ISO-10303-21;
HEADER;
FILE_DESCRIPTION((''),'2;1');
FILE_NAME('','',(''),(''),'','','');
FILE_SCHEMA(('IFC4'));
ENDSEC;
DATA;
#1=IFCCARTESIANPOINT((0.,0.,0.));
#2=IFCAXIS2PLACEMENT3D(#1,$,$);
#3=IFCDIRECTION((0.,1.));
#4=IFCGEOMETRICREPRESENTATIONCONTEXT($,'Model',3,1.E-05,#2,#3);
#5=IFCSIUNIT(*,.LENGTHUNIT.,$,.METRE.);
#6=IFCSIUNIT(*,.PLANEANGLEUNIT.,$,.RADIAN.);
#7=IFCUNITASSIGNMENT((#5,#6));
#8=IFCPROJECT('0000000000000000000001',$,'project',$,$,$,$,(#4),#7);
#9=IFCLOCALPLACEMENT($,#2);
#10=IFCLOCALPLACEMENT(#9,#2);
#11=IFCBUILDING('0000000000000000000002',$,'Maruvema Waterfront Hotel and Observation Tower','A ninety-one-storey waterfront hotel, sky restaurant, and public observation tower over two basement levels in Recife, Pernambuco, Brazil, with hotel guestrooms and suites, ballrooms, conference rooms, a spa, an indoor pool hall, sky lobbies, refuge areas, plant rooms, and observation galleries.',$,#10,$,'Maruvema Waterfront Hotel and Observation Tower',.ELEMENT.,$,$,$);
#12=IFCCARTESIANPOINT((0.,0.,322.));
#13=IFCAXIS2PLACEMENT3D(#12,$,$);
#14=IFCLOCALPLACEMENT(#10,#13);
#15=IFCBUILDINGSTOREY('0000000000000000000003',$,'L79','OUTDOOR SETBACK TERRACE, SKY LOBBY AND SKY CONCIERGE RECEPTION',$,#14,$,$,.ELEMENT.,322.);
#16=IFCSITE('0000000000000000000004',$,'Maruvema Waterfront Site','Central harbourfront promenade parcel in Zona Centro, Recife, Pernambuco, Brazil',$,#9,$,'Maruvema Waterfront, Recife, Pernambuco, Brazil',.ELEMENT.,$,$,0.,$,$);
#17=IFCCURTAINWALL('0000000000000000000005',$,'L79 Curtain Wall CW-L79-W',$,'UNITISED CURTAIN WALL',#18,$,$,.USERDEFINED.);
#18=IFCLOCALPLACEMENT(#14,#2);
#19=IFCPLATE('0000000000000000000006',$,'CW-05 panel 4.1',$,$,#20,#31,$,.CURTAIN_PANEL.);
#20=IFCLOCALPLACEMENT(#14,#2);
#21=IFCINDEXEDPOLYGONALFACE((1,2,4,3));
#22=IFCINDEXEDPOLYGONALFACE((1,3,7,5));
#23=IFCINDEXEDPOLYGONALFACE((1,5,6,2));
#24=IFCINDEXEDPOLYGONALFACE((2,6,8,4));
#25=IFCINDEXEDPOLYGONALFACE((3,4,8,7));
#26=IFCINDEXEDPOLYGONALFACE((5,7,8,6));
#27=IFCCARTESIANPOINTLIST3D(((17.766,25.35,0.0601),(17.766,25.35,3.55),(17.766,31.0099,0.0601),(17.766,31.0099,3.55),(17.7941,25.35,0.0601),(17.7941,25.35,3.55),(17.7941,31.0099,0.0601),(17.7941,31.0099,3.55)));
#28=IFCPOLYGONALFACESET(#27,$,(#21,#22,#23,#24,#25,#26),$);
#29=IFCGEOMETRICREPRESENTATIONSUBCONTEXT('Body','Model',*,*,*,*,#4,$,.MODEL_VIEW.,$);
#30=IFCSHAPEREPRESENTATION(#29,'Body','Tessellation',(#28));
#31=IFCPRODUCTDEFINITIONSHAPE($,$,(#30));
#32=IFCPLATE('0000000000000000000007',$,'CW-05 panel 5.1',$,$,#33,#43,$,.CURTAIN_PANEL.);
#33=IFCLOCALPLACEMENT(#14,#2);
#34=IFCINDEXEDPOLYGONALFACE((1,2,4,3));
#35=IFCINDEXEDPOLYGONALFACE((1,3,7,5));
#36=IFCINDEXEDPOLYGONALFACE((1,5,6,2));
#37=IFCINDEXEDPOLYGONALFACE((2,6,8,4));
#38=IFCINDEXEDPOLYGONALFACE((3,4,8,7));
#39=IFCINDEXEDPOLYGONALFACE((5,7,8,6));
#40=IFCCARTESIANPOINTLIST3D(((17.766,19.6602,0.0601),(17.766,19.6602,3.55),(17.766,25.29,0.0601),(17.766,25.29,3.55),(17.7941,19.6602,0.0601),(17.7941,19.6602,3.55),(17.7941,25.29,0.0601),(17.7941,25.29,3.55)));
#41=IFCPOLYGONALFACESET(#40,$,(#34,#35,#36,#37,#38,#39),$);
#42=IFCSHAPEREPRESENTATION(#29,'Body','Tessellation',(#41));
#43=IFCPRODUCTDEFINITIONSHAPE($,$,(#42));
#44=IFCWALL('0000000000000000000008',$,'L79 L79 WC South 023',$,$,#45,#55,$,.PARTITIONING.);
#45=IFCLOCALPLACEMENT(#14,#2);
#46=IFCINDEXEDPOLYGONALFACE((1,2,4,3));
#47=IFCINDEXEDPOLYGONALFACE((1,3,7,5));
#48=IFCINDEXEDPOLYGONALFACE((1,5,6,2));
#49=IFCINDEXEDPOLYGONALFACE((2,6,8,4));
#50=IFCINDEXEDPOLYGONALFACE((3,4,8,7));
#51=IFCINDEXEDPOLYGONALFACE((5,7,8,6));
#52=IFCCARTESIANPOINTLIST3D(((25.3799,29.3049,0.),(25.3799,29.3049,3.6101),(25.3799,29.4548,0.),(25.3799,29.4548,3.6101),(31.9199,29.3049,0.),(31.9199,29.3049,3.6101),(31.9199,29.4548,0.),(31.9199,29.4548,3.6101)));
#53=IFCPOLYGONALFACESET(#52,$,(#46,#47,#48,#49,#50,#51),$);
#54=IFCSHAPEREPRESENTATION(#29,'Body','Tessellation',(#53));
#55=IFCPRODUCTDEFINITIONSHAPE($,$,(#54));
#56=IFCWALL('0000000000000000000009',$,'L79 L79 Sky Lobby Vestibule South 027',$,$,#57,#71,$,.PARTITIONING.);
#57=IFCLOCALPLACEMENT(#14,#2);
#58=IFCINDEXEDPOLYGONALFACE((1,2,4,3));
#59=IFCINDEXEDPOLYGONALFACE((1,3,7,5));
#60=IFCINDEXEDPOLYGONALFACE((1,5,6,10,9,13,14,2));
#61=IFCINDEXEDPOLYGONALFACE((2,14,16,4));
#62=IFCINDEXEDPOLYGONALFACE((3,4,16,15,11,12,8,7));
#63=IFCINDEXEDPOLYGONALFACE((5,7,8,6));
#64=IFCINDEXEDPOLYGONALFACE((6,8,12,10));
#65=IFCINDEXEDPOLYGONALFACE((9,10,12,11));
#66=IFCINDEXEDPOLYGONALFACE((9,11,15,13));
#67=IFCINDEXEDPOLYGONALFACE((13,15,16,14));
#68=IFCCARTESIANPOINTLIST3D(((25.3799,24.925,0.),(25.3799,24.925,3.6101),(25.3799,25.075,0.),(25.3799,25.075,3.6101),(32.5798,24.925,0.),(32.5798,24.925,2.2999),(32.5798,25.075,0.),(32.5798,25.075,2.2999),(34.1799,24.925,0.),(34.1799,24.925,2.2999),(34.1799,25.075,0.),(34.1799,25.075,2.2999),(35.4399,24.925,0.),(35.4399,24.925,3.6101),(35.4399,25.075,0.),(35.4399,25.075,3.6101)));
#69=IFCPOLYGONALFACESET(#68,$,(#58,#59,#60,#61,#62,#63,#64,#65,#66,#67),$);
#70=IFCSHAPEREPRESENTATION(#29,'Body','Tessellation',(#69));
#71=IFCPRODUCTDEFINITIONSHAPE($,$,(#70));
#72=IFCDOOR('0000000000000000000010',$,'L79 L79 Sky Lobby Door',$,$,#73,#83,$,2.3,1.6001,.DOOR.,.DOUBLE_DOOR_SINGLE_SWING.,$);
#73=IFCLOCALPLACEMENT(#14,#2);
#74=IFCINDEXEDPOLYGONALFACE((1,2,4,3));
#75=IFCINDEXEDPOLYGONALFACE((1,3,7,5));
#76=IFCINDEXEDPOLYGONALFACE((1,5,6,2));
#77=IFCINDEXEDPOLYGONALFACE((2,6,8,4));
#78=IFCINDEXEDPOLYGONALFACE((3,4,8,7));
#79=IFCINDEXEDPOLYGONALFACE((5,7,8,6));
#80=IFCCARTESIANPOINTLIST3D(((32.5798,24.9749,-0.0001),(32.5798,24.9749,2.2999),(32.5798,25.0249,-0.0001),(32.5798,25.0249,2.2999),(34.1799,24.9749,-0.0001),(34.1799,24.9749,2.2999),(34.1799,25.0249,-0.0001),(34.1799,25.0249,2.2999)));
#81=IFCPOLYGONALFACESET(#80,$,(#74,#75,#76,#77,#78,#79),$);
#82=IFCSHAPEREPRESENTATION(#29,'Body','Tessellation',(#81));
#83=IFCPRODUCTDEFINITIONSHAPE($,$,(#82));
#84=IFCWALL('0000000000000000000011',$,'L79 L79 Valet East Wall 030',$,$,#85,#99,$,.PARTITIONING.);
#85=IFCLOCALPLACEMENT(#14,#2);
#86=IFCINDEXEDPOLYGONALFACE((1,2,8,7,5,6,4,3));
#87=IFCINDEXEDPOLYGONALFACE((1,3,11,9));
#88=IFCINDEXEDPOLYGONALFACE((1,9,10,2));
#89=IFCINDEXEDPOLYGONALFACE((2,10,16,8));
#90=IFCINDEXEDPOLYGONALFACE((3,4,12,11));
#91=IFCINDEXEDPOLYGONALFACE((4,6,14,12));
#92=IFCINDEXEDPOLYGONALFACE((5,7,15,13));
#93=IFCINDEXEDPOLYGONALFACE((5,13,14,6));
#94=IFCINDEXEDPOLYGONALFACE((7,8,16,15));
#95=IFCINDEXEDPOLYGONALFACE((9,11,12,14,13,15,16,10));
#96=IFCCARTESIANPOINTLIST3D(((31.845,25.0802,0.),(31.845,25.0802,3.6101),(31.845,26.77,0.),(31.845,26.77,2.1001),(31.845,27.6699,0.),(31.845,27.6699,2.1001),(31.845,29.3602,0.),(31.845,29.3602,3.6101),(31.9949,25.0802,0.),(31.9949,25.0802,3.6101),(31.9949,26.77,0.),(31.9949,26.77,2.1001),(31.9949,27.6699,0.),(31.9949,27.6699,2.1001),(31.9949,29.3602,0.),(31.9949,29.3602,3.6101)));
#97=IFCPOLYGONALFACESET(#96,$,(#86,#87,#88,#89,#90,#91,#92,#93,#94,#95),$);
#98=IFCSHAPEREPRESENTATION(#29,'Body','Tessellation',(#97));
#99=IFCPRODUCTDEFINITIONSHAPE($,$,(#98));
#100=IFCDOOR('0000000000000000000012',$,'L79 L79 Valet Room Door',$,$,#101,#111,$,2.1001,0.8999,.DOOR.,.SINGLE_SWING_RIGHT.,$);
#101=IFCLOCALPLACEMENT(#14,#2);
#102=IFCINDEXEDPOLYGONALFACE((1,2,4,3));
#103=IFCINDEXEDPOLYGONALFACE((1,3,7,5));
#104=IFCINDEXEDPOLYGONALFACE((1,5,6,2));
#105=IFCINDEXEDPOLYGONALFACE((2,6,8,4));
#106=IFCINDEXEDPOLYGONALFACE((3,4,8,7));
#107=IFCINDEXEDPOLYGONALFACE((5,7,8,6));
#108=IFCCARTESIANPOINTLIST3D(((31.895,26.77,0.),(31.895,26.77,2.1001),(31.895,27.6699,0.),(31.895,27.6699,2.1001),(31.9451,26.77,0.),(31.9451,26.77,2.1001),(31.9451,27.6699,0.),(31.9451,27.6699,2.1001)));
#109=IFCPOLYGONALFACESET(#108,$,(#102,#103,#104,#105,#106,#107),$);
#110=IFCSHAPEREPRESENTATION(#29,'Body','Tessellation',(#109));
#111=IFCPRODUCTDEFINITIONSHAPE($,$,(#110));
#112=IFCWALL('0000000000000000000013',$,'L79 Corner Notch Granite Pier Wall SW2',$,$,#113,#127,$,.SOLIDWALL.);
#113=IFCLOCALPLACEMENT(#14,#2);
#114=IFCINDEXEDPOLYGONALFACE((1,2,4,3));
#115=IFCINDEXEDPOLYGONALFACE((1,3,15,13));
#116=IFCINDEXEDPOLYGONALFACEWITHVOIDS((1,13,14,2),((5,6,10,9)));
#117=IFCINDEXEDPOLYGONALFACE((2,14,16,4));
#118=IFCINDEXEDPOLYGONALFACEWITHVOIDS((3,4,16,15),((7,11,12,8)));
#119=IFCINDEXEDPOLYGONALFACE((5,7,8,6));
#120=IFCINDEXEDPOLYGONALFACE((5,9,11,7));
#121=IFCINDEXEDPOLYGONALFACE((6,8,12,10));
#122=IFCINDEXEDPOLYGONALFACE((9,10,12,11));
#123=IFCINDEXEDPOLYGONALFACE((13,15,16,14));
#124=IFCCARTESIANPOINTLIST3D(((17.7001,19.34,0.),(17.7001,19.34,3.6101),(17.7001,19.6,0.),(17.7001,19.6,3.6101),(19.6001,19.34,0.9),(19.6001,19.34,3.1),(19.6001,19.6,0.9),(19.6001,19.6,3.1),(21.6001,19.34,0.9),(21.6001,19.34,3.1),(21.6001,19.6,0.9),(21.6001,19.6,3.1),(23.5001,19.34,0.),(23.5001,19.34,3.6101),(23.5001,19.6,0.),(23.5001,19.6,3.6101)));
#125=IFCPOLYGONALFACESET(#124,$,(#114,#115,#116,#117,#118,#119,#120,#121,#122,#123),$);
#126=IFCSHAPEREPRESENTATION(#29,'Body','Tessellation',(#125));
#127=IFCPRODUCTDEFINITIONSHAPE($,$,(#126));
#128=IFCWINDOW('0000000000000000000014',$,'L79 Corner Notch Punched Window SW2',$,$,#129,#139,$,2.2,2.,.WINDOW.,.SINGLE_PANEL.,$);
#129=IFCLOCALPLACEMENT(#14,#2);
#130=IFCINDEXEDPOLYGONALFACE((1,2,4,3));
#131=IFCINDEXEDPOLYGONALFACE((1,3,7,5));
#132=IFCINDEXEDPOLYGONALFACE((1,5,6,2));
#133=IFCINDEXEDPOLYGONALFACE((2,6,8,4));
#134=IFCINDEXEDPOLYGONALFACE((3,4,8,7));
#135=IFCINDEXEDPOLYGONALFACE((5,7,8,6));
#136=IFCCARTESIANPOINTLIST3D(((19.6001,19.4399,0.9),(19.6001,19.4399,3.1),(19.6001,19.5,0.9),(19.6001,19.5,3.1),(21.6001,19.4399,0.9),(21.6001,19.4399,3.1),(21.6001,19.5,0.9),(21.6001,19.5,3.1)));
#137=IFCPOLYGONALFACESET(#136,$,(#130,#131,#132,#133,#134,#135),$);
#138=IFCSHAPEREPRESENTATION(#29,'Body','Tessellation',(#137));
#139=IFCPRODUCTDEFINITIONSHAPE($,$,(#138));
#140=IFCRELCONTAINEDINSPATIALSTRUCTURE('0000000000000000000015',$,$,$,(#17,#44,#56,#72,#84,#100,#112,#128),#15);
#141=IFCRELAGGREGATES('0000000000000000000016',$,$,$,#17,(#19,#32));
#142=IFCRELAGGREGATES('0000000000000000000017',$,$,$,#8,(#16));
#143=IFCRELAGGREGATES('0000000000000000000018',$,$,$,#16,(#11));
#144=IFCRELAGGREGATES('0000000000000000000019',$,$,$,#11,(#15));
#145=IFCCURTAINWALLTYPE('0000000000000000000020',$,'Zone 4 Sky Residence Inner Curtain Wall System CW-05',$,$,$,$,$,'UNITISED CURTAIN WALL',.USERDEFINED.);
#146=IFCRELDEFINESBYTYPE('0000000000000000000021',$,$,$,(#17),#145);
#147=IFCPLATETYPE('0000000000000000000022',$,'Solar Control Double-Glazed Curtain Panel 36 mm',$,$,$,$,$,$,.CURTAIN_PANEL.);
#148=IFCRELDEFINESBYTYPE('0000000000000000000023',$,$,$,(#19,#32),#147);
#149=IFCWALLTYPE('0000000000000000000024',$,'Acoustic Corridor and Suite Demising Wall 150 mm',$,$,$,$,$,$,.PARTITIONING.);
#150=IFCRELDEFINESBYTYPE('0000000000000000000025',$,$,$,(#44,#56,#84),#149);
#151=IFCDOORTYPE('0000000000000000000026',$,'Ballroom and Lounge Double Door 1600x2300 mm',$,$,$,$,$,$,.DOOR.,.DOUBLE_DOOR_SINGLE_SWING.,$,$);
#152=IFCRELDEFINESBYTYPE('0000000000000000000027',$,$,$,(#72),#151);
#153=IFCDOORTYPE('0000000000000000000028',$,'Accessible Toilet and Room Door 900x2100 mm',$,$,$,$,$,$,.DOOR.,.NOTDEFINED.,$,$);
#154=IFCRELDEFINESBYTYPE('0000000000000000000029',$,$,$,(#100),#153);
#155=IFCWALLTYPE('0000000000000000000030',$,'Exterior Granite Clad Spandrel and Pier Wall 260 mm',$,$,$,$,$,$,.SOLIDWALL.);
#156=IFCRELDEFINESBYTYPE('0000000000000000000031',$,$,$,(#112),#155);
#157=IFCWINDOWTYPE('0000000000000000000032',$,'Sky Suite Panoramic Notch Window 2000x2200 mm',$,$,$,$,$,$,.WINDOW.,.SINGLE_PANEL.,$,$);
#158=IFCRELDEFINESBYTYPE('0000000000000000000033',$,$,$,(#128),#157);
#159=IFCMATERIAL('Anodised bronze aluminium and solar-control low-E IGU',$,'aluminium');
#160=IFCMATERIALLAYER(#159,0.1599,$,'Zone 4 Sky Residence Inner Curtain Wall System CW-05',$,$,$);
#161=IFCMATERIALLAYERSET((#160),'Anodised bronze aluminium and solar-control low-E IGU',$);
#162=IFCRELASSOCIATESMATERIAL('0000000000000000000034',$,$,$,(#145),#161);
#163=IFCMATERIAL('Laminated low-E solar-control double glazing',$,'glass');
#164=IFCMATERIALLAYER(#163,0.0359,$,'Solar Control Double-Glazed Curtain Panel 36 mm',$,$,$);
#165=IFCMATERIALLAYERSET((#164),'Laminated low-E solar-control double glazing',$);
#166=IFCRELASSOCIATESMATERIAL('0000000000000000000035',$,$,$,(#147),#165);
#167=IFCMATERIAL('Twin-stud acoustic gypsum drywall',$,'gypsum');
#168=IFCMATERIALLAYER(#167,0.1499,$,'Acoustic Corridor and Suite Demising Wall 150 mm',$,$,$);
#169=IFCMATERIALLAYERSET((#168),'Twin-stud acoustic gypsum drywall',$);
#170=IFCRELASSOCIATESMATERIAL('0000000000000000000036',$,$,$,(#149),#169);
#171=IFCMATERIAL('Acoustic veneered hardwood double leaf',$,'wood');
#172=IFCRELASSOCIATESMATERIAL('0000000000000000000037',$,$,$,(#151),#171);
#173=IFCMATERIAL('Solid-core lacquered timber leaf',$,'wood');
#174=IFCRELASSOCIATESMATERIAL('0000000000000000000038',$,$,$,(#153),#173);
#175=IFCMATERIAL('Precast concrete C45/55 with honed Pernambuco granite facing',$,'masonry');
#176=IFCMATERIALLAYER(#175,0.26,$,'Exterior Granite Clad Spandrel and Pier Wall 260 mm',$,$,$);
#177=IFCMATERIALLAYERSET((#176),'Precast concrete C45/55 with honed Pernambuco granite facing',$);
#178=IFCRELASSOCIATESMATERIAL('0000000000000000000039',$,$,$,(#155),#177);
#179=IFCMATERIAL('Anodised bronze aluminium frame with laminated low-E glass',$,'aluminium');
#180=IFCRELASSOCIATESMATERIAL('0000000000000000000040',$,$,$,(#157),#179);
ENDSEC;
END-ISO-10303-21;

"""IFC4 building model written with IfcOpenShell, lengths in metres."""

from ifc_helpers import new_model, si_unit, direction, frame, frame_2d, origin, origin_2d, place, context, subcontext, project, spatial, rectangle, extrude, material, layer, layer_set, type_object, element, fill, aggregate, save


model = new_model("IFC4")

# Units and contexts
model_context = context("Model", 3, precision=1e-05, world=origin(), true_north=direction((0.0, 1.0)))
body_context = subcontext(model_context, "Body", "Model", "MODEL_VIEW")
ifc_project = project(units=[si_unit("LENGTHUNIT", "METRE"), si_unit("PLANEANGLEUNIT", "RADIAN")], contexts=[model_context])

# Site, building, storey
site_placement = place(None, origin())
site = spatial("IfcSite", under=ifc_project, at=site_placement, Name="Maruvema Waterfront Site", Description="Central harbourfront promenade parcel in Zona Centro, Recife, Pernambuco, Brazil", LongName="Maruvema Waterfront, Recife, Pernambuco, Brazil", CompositionType="ELEMENT", RefElevation=0.0)
building_placement = place(site_placement, origin())
building = spatial("IfcBuilding", under=site, at=building_placement, Name="Maruvema Waterfront Hotel and Observation Tower", Description="A ninety-one-storey waterfront hotel, sky restaurant, and public observation tower over two basement levels in Recife, Pernambuco, Brazil, with hotel guestrooms and suites, ballrooms, conference rooms, a spa, an indoor pool hall, sky lobbies, refuge areas, plant rooms, and observation galleries.", LongName="Maruvema Waterfront Hotel and Observation Tower", CompositionType="ELEMENT")
storey_placement = place(building_placement, frame((0.0, 0.0, 322.0)))
storey = spatial("IfcBuildingStorey", under=building, at=storey_placement, Name="L79", Description="OUTDOOR SETBACK TERRACE, SKY LOBBY AND SKY CONCIERGE RECEPTION", CompositionType="ELEMENT", Elevation=322.0)

# Curtain wall
ifc_material_1 = material(Name="Anodised bronze aluminium and solar-control low-E IGU", Category="aluminium")
ifc_layer_1 = layer(ifc_material_1, 0.1599, Name="Zone 4 Sky Residence Inner Curtain Wall System CW-05")
ifc_layer_set_1 = layer_set([ifc_layer_1], Name="Anodised bronze aluminium and solar-control low-E IGU")
curtain_wall_type = type_object("IfcCurtainWallType", Name="Zone 4 Sky Residence Inner Curtain Wall System CW-05", ElementType="UNITISED CURTAIN WALL", PredefinedType="USERDEFINED", material=ifc_layer_set_1)
curtain_wall_placement = place(storey_placement, origin())
curtain_wall = element("IfcCurtainWall", 1, at=curtain_wall_placement, inside=storey, type_object=curtain_wall_type, Name="L79 Curtain Wall CW-L79-W", ObjectType="UNITISED CURTAIN WALL", PredefinedType="USERDEFINED")

# Plates
ifc_material_2 = material(Name="Laminated low-E solar-control double glazing", Category="glass")
ifc_layer_2 = layer(ifc_material_2, 0.0359, Name="Solar Control Double-Glazed Curtain Panel 36 mm")
ifc_layer_set_2 = layer_set([ifc_layer_2], Name="Laminated low-E solar-control double glazing")
plate_type = type_object("IfcPlateType", Name="Solar Control Double-Glazed Curtain Panel 36 mm", PredefinedType="CURTAIN_PANEL", material=ifc_layer_set_2)
plate_1_placement = place(storey_placement, frame((17.78, 28.1799, 0.0601), z_axis=(0.0, 0.0, 1.0), x_axis=(0.0, -1.0, 0.0)))
plate_1 = element("IfcPlate", 2, at=plate_1_placement, type_object=plate_type, Name="CW-05 panel 4.1", PredefinedType="CURTAIN_PANEL", context=body_context, shape_type="SweptSolid", body=[
    extrude(rectangle(XDim=5.6599, YDim=0.0281, at=origin_2d()), origin(), (0.0, 0.0, 1.0), 3.49),
])
plate_2_placement = place(storey_placement, frame((17.78, 22.4751, 0.0601), z_axis=(0.0, 0.0, 1.0), x_axis=(0.0, -1.0, 0.0)))
plate_2 = element("IfcPlate", 3, at=plate_2_placement, type_object=plate_type, Name="CW-05 panel 5.1", PredefinedType="CURTAIN_PANEL", context=body_context, shape_type="SweptSolid", body=[
    extrude(rectangle(XDim=5.6299, YDim=0.0281, at=origin_2d()), origin(), (0.0, 0.0, 1.0), 3.49),
])
aggregate(curtain_wall, [plate_1, plate_2])

# Wall
ifc_material_3 = material(Name="Twin-stud acoustic gypsum drywall", Category="gypsum")
ifc_layer_3 = layer(ifc_material_3, 0.1499, Name="Acoustic Corridor and Suite Demising Wall 150 mm")
ifc_layer_set_3 = layer_set([ifc_layer_3], Name="Twin-stud acoustic gypsum drywall")
wall_type_1 = type_object("IfcWallType", Name="Acoustic Corridor and Suite Demising Wall 150 mm", PredefinedType="PARTITIONING", material=ifc_layer_set_3)
wall_1_placement = place(storey_placement, frame((25.3799, 29.3799, 0.0), z_axis=(0.0, 0.0, 1.0), x_axis=(1.0, 0.0, 0.0)))
element("IfcWall", 4, at=wall_1_placement, inside=storey, type_object=wall_type_1, Name="L79 L79 WC South 023", PredefinedType="PARTITIONING", context=body_context, shape_type="SweptSolid", body=[
    extrude(rectangle(XDim=6.54, YDim=0.1499, at=frame_2d((3.27, 0.0))), origin(), (0.0, 0.0, 1.0), 3.6101),
])

# Walls, openings, doors
wall_2_placement = place(storey_placement, frame((25.3799, 25.0, 0.0), z_axis=(0.0, 0.0, 1.0), x_axis=(1.0, 0.0, 0.0)))
wall_2 = element("IfcWall", 5, at=wall_2_placement, inside=storey, type_object=wall_type_1, Name="L79 L79 Sky Lobby Vestibule South 027", PredefinedType="PARTITIONING", context=body_context, shape_type="SweptSolid", body=[
    extrude(rectangle(XDim=10.0601, YDim=0.1499, at=frame_2d((5.03, 0.0))), origin(), (0.0, 0.0, 1.0), 3.6101),
])
opening_1_placement = place(wall_2_placement, frame((7.2, 0.0, 0.0)))
opening_1 = element("IfcOpeningElement", 6, at=opening_1_placement, cuts=wall_2, PredefinedType="OPENING", context=body_context, shape_type="SweptSolid", body=[
    extrude(rectangle(XDim=1.6001, YDim=2.3, at=frame_2d((0.8, 1.1499))), frame((0.0, 0.085, 0.0), z_axis=(0.0, -1.0, 0.0), x_axis=(1.0, 0.0, 0.0)), (0.0, 0.0, 1.0), 0.1699),
])
ifc_material_4 = material(Name="Acoustic veneered hardwood double leaf", Category="wood")
door_type_1 = type_object("IfcDoorType", Name="Ballroom and Lounge Double Door 1600x2300 mm", OperationType="DOUBLE_DOOR_SINGLE_SWING", PredefinedType="DOOR", material=ifc_material_4)
door_1_placement = place(opening_1_placement, origin())
door_1 = element("IfcDoor", 7, at=door_1_placement, inside=storey, type_object=door_type_1, Name="L79 L79 Sky Lobby Door", OperationType="DOUBLE_DOOR_SINGLE_SWING", OverallHeight=2.3, OverallWidth=1.6001, PredefinedType="DOOR", context=body_context, shape_type="SweptSolid", body=[
    extrude(rectangle(XDim=1.6001, YDim=2.3, at=frame_2d((0.8, 1.1499))), frame((0.0, 0.0249, 0.0), z_axis=(0.0, -1.0, 0.0), x_axis=(1.0, 0.0, 0.0)), (0.0, 0.0, 1.0), 0.05),
])
fill(opening_1, door_1)
wall_3_placement = place(storey_placement, frame((31.9199, 25.0801, 0.0), z_axis=(0.0, 0.0, 1.0), x_axis=(0.0, 1.0, 0.0)))
wall_3 = element("IfcWall", 8, at=wall_3_placement, inside=storey, type_object=wall_type_1, Name="L79 L79 Valet East Wall 030", PredefinedType="PARTITIONING", context=body_context, shape_type="SweptSolid", body=[
    extrude(rectangle(XDim=4.28, YDim=0.1499, at=frame_2d((2.1401, 0.0))), origin(), (0.0, 0.0, 1.0), 3.6101),
])
opening_2_placement = place(wall_3_placement, frame((1.6899, 0.0, 0.0)))
opening_2 = element("IfcOpeningElement", 9, at=opening_2_placement, cuts=wall_3, PredefinedType="OPENING", context=body_context, shape_type="SweptSolid", body=[
    extrude(rectangle(XDim=0.8999, YDim=2.1001, at=frame_2d((0.45, 1.05))), frame((0.0, 0.085, 0.0), z_axis=(0.0, -1.0, 0.0), x_axis=(1.0, 0.0, 0.0)), (0.0, 0.0, 1.0), 0.1699),
])
ifc_material_5 = material(Name="Solid-core lacquered timber leaf", Category="wood")
door_type_2 = type_object("IfcDoorType", Name="Accessible Toilet and Room Door 900x2100 mm", OperationType="NOTDEFINED", PredefinedType="DOOR", material=ifc_material_5)
door_2_placement = place(opening_2_placement, origin())
door_2 = element("IfcDoor", 10, at=door_2_placement, inside=storey, type_object=door_type_2, Name="L79 L79 Valet Room Door", OperationType="SINGLE_SWING_RIGHT", OverallHeight=2.1001, OverallWidth=0.8999, PredefinedType="DOOR", context=body_context, shape_type="SweptSolid", body=[
    extrude(rectangle(XDim=0.8999, YDim=2.1001, at=frame_2d((0.45, 1.05))), frame((0.0, 0.0249, 0.0), z_axis=(0.0, -1.0, 0.0), x_axis=(1.0, 0.0, 0.0)), (0.0, 0.0, 1.0), 0.05),
])
fill(opening_2, door_2)

# Wall, opening, window
ifc_material_6 = material(Name="Precast concrete C45/55 with honed Pernambuco granite facing", Category="masonry")
ifc_layer_4 = layer(ifc_material_6, 0.26, Name="Exterior Granite Clad Spandrel and Pier Wall 260 mm")
ifc_layer_set_4 = layer_set([ifc_layer_4], Name="Precast concrete C45/55 with honed Pernambuco granite facing")
wall_type_2 = type_object("IfcWallType", Name="Exterior Granite Clad Spandrel and Pier Wall 260 mm", PredefinedType="SOLIDWALL", material=ifc_layer_set_4)
wall_4_placement = place(storey_placement, frame((23.5, 19.47, 0.0), z_axis=(0.0, 0.0, 1.0), x_axis=(-1.0, 0.0, 0.0)))
wall_4 = element("IfcWall", 11, at=wall_4_placement, inside=storey, type_object=wall_type_2, Name="L79 Corner Notch Granite Pier Wall SW2", PredefinedType="SOLIDWALL", context=body_context, shape_type="SweptSolid", body=[
    extrude(rectangle(XDim=5.8, YDim=0.26, at=frame_2d((2.8999, 0.0))), origin(), (0.0, 0.0, 1.0), 3.6101),
])
opening_3_placement = place(wall_4_placement, frame((1.8999, 0.0, 0.8999)))
opening_3 = element("IfcOpeningElement", 12, at=opening_3_placement, cuts=wall_4, PredefinedType="OPENING", context=body_context, shape_type="SweptSolid", body=[
    extrude(rectangle(XDim=2.0, YDim=2.2, at=frame_2d((1.0, 1.1001))), frame((0.0, 0.1401, 0.0), z_axis=(0.0, -1.0, 0.0), x_axis=(1.0, 0.0, 0.0)), (0.0, 0.0, 1.0), 0.28),
])
ifc_material_7 = material(Name="Anodised bronze aluminium frame with laminated low-E glass", Category="aluminium")
window_type = type_object("IfcWindowType", Name="Sky Suite Panoramic Notch Window 2000x2200 mm", PartitioningType="SINGLE_PANEL", PredefinedType="WINDOW", material=ifc_material_7)
window_placement = place(opening_3_placement, origin())
window = element("IfcWindow", 13, at=window_placement, inside=storey, type_object=window_type, Name="L79 Corner Notch Punched Window SW2", OverallHeight=2.2, OverallWidth=2.0, PartitioningType="SINGLE_PANEL", PredefinedType="WINDOW", context=body_context, shape_type="SweptSolid", body=[
    extrude(rectangle(XDim=2.0, YDim=2.2, at=frame_2d((1.0, 1.1001))), frame((0.0, 0.03, 0.0), z_axis=(0.0, -1.0, 0.0), x_axis=(1.0, 0.0, 0.0)), (0.0, 0.0, 1.0), 0.0601),
])
fill(opening_3, window)

save(model, "model.ifc")
